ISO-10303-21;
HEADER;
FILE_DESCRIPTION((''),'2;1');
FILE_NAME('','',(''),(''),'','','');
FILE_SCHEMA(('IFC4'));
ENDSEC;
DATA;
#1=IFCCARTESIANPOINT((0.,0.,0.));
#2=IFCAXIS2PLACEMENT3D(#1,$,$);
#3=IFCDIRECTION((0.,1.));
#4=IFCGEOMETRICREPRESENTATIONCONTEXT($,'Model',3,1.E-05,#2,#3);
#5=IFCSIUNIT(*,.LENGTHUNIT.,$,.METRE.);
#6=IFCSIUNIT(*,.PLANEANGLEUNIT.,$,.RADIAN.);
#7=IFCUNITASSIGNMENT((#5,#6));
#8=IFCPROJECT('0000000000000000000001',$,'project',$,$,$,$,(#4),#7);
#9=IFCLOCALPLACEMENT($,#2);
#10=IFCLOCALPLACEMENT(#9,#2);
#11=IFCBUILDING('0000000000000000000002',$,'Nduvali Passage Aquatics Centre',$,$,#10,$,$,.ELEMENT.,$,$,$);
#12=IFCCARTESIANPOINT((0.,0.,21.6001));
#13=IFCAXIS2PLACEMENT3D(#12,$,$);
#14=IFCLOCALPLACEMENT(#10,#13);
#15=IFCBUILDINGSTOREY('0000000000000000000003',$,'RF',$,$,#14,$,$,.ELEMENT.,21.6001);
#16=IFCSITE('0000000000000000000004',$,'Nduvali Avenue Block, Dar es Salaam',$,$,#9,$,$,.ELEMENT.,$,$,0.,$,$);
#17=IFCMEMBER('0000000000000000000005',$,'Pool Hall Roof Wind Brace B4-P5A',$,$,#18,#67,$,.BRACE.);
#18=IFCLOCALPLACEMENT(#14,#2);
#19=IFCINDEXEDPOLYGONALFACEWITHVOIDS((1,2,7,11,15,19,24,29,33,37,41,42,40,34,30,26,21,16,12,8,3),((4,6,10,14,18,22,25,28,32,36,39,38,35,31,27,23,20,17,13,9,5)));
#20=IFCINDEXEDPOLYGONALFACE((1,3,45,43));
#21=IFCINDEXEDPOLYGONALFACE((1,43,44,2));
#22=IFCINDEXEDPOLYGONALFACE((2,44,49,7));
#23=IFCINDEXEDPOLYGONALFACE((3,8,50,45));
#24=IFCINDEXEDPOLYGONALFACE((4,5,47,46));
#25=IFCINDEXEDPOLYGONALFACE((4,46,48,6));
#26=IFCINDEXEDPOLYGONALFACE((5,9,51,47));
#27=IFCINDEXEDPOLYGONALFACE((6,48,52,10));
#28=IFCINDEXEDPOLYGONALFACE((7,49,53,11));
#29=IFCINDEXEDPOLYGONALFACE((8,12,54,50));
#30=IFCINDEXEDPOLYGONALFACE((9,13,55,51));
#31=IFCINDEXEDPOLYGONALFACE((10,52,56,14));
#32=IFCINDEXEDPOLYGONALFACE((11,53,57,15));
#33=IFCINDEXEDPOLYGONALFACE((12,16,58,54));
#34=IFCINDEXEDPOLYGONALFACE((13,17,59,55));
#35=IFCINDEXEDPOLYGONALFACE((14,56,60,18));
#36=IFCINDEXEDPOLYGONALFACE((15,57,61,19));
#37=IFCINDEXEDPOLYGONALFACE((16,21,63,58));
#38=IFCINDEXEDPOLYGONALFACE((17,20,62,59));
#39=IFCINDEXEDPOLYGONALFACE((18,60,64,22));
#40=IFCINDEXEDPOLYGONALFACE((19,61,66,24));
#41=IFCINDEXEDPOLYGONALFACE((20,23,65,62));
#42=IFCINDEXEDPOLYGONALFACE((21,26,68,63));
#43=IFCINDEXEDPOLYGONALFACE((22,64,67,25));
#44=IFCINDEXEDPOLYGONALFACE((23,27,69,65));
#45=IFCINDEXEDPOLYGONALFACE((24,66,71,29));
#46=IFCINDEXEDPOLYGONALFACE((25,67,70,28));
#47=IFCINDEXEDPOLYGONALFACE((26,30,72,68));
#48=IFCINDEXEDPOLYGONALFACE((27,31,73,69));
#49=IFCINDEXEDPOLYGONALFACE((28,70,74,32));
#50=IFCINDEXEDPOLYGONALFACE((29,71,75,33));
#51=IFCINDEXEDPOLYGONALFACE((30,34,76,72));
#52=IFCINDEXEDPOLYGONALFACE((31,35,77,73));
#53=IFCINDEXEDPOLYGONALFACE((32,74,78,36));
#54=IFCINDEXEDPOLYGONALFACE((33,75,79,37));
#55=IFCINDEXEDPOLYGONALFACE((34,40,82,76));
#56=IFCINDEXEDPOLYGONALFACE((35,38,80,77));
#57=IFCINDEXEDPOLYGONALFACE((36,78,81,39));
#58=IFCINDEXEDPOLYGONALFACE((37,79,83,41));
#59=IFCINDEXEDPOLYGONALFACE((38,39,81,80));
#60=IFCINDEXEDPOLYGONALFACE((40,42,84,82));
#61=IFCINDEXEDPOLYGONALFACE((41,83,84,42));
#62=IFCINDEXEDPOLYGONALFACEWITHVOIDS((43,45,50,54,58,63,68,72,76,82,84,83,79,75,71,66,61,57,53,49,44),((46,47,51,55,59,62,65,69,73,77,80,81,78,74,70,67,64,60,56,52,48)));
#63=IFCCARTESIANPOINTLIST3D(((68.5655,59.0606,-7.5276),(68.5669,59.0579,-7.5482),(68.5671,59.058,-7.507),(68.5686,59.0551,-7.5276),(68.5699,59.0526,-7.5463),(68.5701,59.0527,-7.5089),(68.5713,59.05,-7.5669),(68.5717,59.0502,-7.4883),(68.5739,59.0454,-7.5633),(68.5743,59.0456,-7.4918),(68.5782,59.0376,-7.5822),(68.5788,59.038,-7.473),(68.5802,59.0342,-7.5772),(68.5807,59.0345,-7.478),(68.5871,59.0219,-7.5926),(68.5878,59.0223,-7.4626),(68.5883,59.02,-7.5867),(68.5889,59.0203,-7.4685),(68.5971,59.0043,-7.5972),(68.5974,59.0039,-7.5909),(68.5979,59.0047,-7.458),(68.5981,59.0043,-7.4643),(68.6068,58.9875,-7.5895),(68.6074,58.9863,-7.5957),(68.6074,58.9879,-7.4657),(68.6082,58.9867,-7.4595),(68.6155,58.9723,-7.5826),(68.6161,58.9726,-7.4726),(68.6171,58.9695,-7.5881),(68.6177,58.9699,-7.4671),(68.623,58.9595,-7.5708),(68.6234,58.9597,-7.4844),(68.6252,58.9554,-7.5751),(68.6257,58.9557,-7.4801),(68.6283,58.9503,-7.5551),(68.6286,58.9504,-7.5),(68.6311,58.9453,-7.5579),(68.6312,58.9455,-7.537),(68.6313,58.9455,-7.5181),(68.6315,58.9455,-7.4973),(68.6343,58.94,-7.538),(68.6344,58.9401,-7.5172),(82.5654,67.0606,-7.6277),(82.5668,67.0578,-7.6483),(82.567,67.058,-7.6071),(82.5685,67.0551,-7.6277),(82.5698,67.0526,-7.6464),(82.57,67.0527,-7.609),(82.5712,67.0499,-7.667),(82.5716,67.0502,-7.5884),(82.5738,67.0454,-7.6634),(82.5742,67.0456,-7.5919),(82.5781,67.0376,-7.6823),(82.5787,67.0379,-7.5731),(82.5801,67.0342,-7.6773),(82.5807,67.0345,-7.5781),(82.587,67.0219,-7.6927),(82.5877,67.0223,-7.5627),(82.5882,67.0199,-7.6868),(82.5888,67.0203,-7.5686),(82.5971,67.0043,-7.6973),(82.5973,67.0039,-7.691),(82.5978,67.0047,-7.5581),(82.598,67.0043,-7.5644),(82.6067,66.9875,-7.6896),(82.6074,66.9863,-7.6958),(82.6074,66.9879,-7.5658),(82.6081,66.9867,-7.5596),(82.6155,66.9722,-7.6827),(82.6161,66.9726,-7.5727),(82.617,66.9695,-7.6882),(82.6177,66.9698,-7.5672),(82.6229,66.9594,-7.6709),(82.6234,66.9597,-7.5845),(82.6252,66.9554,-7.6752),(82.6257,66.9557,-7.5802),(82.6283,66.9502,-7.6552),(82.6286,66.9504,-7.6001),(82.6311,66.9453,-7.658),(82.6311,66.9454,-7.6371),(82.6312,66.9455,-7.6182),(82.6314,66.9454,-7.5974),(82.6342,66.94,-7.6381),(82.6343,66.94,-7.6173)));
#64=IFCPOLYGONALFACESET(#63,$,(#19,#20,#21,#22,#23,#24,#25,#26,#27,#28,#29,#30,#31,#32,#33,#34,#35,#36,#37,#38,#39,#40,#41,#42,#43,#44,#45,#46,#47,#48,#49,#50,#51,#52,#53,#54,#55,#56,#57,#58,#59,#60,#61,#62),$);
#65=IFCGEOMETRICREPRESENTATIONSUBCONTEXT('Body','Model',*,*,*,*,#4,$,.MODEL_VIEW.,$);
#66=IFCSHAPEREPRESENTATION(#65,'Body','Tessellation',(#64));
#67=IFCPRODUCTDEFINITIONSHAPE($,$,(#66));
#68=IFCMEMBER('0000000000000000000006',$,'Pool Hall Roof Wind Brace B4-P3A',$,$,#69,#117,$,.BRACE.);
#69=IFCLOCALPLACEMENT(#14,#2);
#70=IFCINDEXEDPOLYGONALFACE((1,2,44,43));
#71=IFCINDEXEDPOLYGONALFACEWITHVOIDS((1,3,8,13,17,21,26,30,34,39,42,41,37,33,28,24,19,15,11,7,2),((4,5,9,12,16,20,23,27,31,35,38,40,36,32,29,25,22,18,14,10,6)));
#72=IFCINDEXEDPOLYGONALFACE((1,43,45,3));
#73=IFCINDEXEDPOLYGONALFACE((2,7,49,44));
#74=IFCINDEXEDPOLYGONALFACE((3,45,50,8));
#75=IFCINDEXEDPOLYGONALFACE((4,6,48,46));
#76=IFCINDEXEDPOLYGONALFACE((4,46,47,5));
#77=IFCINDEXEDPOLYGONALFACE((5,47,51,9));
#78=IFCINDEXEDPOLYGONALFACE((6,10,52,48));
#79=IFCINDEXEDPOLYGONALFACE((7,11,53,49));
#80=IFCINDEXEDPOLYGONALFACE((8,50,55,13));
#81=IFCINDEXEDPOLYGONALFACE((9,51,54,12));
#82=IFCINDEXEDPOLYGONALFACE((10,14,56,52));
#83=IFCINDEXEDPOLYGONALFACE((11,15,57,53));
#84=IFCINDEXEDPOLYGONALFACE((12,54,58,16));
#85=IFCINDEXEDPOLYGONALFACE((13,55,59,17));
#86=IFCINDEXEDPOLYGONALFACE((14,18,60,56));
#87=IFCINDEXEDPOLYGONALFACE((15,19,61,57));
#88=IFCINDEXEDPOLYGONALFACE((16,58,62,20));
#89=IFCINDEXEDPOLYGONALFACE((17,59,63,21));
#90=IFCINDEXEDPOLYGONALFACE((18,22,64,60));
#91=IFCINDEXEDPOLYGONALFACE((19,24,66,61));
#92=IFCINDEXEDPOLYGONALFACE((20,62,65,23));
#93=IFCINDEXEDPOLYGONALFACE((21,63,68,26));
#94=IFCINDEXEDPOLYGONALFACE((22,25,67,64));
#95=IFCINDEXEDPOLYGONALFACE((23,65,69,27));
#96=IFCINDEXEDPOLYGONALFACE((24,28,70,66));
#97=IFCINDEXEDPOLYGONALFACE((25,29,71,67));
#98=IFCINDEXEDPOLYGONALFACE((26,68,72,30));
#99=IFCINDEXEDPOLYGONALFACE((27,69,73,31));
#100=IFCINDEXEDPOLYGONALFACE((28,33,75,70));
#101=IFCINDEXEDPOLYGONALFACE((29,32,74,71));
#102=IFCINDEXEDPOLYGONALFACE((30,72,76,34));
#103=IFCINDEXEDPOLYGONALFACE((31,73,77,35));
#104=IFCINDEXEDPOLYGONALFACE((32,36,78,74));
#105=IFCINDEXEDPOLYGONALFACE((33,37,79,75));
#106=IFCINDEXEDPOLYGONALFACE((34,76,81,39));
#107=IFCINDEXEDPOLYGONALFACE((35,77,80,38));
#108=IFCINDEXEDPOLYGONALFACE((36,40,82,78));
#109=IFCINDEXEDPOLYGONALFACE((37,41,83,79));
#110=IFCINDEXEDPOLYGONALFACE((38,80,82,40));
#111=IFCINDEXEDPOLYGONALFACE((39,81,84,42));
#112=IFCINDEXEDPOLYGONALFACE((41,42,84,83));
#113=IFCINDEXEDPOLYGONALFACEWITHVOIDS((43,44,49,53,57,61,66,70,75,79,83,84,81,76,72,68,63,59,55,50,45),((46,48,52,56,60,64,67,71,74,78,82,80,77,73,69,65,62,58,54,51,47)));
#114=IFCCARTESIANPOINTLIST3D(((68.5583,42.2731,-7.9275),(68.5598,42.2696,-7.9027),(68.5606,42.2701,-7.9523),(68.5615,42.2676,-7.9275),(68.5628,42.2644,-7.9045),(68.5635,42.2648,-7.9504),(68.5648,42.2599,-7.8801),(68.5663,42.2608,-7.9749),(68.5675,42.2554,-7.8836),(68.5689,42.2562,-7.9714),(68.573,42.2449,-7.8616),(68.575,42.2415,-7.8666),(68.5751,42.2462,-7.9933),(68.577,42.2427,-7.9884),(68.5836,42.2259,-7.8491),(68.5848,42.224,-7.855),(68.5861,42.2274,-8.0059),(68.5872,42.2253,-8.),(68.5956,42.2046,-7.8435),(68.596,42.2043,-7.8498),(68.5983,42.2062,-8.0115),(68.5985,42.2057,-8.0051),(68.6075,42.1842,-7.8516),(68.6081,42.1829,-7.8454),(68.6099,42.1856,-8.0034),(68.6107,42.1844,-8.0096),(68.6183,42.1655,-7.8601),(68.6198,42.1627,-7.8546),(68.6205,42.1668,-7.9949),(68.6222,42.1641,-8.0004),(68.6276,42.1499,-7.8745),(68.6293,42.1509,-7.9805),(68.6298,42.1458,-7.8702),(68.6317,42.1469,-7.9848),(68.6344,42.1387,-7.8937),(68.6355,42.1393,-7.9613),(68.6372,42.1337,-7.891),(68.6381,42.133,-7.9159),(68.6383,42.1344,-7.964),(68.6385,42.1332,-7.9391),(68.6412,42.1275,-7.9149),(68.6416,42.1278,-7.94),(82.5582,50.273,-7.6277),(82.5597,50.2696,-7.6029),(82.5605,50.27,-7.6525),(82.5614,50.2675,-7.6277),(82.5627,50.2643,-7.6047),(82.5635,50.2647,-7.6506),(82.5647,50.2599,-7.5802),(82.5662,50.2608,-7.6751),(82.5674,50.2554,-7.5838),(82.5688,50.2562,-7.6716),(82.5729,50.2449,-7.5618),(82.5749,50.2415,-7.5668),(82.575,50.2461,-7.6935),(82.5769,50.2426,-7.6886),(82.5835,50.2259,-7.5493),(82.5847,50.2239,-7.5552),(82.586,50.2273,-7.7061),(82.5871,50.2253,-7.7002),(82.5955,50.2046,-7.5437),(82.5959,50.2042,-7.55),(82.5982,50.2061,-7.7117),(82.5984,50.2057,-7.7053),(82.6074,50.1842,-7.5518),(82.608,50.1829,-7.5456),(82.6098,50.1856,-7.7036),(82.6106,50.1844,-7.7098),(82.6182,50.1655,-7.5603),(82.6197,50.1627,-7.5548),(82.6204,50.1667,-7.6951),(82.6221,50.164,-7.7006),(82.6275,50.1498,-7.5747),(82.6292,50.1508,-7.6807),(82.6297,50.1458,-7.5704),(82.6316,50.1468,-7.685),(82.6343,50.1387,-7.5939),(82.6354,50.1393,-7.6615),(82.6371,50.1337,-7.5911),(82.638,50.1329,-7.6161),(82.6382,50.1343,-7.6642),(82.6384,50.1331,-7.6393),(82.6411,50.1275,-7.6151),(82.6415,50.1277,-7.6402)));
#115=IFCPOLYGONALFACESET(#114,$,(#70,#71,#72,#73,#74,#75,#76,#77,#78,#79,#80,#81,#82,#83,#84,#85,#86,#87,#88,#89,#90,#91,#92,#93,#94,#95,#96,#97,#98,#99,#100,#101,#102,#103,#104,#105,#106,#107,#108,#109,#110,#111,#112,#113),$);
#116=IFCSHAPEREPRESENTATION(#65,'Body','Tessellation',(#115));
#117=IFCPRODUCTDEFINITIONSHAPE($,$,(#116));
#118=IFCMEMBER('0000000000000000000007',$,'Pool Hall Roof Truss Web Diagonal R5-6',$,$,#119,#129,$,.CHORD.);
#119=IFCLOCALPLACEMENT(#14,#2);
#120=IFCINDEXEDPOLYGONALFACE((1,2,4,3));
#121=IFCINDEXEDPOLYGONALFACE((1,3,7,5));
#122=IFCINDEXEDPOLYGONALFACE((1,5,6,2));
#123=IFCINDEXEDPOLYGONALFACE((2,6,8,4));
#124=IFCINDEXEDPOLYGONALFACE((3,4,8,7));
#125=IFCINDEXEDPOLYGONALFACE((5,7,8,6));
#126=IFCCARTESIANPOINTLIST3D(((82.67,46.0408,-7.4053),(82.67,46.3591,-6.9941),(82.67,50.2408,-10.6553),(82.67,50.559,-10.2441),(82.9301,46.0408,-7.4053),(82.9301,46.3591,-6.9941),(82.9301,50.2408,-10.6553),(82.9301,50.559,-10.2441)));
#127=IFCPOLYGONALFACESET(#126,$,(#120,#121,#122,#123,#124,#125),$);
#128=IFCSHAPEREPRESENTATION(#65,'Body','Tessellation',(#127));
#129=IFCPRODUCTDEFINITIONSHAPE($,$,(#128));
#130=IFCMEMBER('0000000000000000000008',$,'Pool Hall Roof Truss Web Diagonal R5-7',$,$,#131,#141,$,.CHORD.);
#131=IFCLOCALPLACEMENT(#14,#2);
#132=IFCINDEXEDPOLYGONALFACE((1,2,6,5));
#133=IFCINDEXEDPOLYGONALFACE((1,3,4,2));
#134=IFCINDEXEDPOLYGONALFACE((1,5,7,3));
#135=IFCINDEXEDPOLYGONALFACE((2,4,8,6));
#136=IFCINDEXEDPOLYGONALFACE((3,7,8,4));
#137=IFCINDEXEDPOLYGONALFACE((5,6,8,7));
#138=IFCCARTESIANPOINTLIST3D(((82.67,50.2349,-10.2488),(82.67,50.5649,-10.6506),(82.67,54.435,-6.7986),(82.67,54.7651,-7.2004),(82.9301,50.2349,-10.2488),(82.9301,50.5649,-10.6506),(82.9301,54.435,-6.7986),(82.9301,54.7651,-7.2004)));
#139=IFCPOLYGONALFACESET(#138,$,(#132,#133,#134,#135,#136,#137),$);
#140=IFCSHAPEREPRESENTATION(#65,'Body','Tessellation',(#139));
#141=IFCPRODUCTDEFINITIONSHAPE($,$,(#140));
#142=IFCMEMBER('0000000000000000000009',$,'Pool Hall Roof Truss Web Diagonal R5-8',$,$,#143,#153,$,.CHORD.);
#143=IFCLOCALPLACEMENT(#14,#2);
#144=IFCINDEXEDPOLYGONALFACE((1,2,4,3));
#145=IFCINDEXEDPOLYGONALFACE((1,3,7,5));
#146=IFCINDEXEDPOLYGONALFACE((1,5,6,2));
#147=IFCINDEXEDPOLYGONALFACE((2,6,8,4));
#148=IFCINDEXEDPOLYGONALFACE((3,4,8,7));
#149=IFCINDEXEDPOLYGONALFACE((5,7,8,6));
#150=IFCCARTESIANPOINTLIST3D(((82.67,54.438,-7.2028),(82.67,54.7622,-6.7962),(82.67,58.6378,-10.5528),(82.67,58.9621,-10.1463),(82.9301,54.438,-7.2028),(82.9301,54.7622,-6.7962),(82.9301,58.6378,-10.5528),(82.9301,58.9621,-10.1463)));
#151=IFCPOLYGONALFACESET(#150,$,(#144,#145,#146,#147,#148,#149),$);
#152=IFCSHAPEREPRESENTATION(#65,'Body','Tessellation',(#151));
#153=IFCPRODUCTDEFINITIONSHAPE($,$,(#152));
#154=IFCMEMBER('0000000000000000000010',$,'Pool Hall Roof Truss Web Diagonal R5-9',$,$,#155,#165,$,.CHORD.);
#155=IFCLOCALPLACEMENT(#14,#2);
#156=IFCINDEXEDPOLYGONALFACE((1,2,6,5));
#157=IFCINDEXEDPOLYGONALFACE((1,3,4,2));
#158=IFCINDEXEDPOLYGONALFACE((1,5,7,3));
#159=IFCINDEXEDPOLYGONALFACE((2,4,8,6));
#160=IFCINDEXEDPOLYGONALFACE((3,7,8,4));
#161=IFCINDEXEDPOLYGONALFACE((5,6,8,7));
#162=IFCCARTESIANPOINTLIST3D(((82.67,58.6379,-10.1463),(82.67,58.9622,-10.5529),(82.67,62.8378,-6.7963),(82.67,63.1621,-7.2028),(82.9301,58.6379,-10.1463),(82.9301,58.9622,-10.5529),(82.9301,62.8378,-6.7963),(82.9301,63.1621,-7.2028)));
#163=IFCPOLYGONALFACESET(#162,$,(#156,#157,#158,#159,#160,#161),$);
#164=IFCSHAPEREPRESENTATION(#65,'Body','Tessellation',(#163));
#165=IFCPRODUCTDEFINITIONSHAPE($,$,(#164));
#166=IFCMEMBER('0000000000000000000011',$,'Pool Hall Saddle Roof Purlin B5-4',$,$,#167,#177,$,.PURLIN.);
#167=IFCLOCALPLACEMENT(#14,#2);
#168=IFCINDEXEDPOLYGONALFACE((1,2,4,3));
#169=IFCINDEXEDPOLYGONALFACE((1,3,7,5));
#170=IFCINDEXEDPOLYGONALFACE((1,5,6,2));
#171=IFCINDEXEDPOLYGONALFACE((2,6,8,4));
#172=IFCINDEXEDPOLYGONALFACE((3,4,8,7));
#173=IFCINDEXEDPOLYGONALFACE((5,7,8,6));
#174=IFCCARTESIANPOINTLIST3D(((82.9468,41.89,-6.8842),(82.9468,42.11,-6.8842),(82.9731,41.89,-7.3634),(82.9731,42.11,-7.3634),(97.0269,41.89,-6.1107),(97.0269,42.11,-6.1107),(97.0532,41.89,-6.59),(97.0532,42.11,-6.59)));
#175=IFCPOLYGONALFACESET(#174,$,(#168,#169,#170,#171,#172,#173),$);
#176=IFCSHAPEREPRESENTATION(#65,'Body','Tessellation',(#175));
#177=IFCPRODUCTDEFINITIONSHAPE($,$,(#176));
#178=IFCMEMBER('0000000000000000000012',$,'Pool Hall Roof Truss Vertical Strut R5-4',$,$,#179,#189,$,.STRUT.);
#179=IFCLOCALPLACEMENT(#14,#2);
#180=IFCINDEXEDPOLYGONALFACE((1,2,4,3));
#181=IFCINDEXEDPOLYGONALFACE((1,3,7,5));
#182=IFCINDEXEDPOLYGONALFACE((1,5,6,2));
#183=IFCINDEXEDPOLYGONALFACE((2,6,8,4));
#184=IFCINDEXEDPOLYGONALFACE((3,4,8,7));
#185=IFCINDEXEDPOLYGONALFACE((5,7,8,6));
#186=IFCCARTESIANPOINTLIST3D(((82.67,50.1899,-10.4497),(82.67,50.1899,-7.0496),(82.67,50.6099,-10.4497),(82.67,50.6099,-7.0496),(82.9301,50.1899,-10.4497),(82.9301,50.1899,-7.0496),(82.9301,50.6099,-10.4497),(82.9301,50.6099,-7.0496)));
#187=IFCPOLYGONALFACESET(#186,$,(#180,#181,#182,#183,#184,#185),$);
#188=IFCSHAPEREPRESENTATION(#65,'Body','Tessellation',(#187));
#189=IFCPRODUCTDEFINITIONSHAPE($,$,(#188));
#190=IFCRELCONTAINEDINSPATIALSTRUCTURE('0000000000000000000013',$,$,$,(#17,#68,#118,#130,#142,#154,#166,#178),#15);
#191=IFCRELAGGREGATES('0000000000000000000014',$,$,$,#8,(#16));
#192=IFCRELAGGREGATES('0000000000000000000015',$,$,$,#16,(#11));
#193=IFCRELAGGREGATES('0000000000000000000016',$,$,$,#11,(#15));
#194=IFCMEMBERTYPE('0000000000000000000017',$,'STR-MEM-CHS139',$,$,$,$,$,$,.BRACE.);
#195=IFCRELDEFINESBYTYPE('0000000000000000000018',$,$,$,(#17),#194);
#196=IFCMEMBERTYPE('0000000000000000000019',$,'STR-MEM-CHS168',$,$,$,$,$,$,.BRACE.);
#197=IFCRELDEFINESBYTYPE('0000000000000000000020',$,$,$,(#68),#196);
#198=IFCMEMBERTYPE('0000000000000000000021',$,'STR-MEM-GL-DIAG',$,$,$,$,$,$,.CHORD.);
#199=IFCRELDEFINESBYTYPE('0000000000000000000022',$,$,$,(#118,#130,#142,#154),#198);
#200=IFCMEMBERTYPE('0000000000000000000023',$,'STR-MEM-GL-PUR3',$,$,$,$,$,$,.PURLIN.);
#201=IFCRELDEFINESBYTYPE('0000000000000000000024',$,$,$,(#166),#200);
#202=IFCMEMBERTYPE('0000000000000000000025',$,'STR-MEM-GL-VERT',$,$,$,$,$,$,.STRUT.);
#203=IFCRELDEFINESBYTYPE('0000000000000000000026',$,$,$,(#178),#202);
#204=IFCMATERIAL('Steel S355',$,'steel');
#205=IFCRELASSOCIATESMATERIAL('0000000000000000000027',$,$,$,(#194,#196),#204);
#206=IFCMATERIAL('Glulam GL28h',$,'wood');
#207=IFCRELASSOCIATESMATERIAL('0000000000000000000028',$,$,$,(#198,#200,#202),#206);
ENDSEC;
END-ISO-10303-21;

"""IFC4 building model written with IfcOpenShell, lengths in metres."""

from ifc_helpers import new_model, si_unit, direction, frame, origin, origin_2d, place, context, subcontext, project, spatial, rectangle, hollow_circle, extrude, material, material_profile, profile_set, type_object, element, save


model = new_model("IFC4")

# Units and contexts
model_context = context("Model", 3, precision=1e-05, world=origin(), true_north=direction((0.0, 1.0)))
body_context = subcontext(model_context, "Body", "Model", "MODEL_VIEW")
ifc_project = project(units=[si_unit("LENGTHUNIT", "METRE"), si_unit("PLANEANGLEUNIT", "RADIAN")], contexts=[model_context])

# Site, building, storey
site_placement = place(None, origin())
site = spatial("IfcSite", under=ifc_project, at=site_placement, Name="Nduvali Avenue Block, Dar es Salaam", CompositionType="ELEMENT", RefElevation=0.0)
building_placement = place(site_placement, origin())
building = spatial("IfcBuilding", under=site, at=building_placement, Name="Nduvali Passage Aquatics Centre", CompositionType="ELEMENT")
storey_placement = place(building_placement, frame((0.0, 0.0, 21.6001)))
storey = spatial("IfcBuildingStorey", under=building, at=storey_placement, Name="RF", CompositionType="ELEMENT", Elevation=21.6001)

# Members
ifc_material_1 = material(Name="Steel S355", Category="steel")
ifc_material_profile_1 = material_profile(ifc_material_1, hollow_circle(Radius=0.0698, WallThickness=0.0063, at=origin_2d()), Name="CHS 139.7x6.3")
ifc_profile_set_1 = profile_set([ifc_material_profile_1], Name="Steel S355")
member_type_1 = type_object("IfcMemberType", Name="STR-MEM-CHS139", PredefinedType="BRACE", material=ifc_profile_set_1)
member_1_placement = place(storey_placement, frame((68.6001, 59.0, -7.5276), z_axis=(0.868226, 0.496129, -0.006208), x_axis=(-0.496139, 0.868243, 0.0)))
element("IfcMember", 1, at=member_1_placement, inside=storey, type_object=member_type_1, Name="Pool Hall Roof Wind Brace B4-P5A", PredefinedType="BRACE", context=body_context, shape_type="SweptSolid", body=[
    extrude(hollow_circle(Radius=0.0698, WallThickness=0.0063, at=origin_2d()), origin(), (0.0, 0.0, 1.0), 16.1248),
])
ifc_material_profile_2 = material_profile(ifc_material_1, hollow_circle(Radius=0.0842, WallThickness=0.0063, at=origin_2d()), Name="CHS 168.3x6.3")
ifc_profile_set_2 = profile_set([ifc_material_profile_2], Name="Steel S355")
member_type_2 = type_object("IfcMemberType", Name="STR-MEM-CHS168", PredefinedType="BRACE", material=ifc_profile_set_2)
member_2_placement = place(storey_placement, frame((68.6001, 42.2, -7.9275), z_axis=(0.868093, 0.496053, 0.01859), x_axis=(-0.496139, 0.868243, 0.0)))
element("IfcMember", 2, at=member_2_placement, inside=storey, type_object=member_type_2, Name="Pool Hall Roof Wind Brace B4-P3A", PredefinedType="BRACE", context=body_context, shape_type="SweptSolid", body=[
    extrude(hollow_circle(Radius=0.0842, WallThickness=0.0063, at=origin_2d()), origin(), (0.0, 0.0, 1.0), 16.1272),
])
ifc_material_2 = material(Name="Glulam GL28h", Category="wood")
ifc_material_profile_3 = material_profile(ifc_material_2, rectangle(XDim=0.26, YDim=0.52, at=origin_2d()), Name="GL28h 260x520")
ifc_profile_set_3 = profile_set([ifc_material_profile_3], Name="Glulam GL28h")
member_type_3 = type_object("IfcMemberType", Name="STR-MEM-GL-DIAG", PredefinedType="CHORD", material=ifc_profile_set_3)
member_3_placement = place(storey_placement, frame((82.8, 46.2, -7.1997), z_axis=(0.0, 0.790867, -0.611988), x_axis=(-1.0, 0.0, 0.0)))
element("IfcMember", 3, at=member_3_placement, inside=storey, type_object=member_type_3, Name="Pool Hall Roof Truss Web Diagonal R5-6", PredefinedType="CHORD", context=body_context, shape_type="SweptSolid", body=[
    extrude(rectangle(XDim=0.26, YDim=0.52, at=origin_2d()), origin(), (0.0, 0.0, 1.0), 5.3105),
])
member_4_placement = place(storey_placement, frame((82.8, 50.3999, -10.4497), z_axis=(0.0, 0.772723, 0.634743), x_axis=(-1.0, 0.0, 0.0)))
element("IfcMember", 4, at=member_4_placement, inside=storey, type_object=member_type_3, Name="Pool Hall Roof Truss Web Diagonal R5-7", PredefinedType="CHORD", context=body_context, shape_type="SweptSolid", body=[
    extrude(rectangle(XDim=0.26, YDim=0.52, at=origin_2d()), origin(), (0.0, 0.0, 1.0), 5.4355),
])
for number, where, z_axis, x_axis, name in (
    (5, (82.8, 54.6001, -6.9995), (0.0, 0.781764, -0.623575), (-1.0, 0.0, 0.0), "Pool Hall Roof Truss Web Diagonal R5-8"),
    (6, (82.8, 58.8, -10.3496), (0.0, 0.781764, 0.623575), (-1.0, 0.0, 0.0), "Pool Hall Roof Truss Web Diagonal R5-9"),
):
    element("IfcMember", number, at=place(storey_placement, frame(where, z_axis=z_axis, x_axis=x_axis)), inside=storey, type_object=member_type_3, Name=name, PredefinedType="CHORD", context=body_context, shape_type="SweptSolid", body=[
        extrude(rectangle(XDim=0.26, YDim=0.52, at=origin_2d()), origin(), (0.0, 0.0, 1.0), 5.3723),
    ])
ifc_material_profile_4 = material_profile(ifc_material_2, rectangle(XDim=0.22, YDim=0.48, at=origin_2d()), Name="GL28h 220x480")
ifc_profile_set_4 = profile_set([ifc_material_profile_4], Name="Glulam GL28h")
member_type_4 = type_object("IfcMemberType", Name="STR-MEM-GL-PUR3", PredefinedType="PURLIN", material=ifc_profile_set_4)
member_5_placement = place(storey_placement, frame((82.96, 42.0, -7.1238), z_axis=(0.998495, 0.0, 0.054849), x_axis=(0.0, 1.0, 0.0)))
element("IfcMember", 7, at=member_5_placement, inside=storey, type_object=member_type_4, Name="Pool Hall Saddle Roof Purlin B5-4", PredefinedType="PURLIN", context=body_context, shape_type="SweptSolid", body=[
    extrude(rectangle(XDim=0.22, YDim=0.48, at=origin_2d()), origin(), (0.0, 0.0, 1.0), 14.1013),
])
ifc_material_profile_5 = material_profile(ifc_material_2, rectangle(XDim=0.26, YDim=0.4199, at=origin_2d()), Name="GL28h 260x420")
ifc_profile_set_5 = profile_set([ifc_material_profile_5], Name="Glulam GL28h")
member_type_5 = type_object("IfcMemberType", Name="STR-MEM-GL-VERT", PredefinedType="STRUT", material=ifc_profile_set_5)
member_6_placement = place(storey_placement, frame((82.8, 50.3999, -10.4497), z_axis=(0.0, 0.0, 1.0), x_axis=(1.0, 0.0, 0.0)))
element("IfcMember", 8, at=member_6_placement, inside=storey, type_object=member_type_5, Name="Pool Hall Roof Truss Vertical Strut R5-4", PredefinedType="STRUT", context=body_context, shape_type="SweptSolid", body=[
    extrude(rectangle(XDim=0.26, YDim=0.4199, at=origin_2d()), origin(), (0.0, 0.0, 1.0), 3.4001),
])

save(model, "model.ifc")
